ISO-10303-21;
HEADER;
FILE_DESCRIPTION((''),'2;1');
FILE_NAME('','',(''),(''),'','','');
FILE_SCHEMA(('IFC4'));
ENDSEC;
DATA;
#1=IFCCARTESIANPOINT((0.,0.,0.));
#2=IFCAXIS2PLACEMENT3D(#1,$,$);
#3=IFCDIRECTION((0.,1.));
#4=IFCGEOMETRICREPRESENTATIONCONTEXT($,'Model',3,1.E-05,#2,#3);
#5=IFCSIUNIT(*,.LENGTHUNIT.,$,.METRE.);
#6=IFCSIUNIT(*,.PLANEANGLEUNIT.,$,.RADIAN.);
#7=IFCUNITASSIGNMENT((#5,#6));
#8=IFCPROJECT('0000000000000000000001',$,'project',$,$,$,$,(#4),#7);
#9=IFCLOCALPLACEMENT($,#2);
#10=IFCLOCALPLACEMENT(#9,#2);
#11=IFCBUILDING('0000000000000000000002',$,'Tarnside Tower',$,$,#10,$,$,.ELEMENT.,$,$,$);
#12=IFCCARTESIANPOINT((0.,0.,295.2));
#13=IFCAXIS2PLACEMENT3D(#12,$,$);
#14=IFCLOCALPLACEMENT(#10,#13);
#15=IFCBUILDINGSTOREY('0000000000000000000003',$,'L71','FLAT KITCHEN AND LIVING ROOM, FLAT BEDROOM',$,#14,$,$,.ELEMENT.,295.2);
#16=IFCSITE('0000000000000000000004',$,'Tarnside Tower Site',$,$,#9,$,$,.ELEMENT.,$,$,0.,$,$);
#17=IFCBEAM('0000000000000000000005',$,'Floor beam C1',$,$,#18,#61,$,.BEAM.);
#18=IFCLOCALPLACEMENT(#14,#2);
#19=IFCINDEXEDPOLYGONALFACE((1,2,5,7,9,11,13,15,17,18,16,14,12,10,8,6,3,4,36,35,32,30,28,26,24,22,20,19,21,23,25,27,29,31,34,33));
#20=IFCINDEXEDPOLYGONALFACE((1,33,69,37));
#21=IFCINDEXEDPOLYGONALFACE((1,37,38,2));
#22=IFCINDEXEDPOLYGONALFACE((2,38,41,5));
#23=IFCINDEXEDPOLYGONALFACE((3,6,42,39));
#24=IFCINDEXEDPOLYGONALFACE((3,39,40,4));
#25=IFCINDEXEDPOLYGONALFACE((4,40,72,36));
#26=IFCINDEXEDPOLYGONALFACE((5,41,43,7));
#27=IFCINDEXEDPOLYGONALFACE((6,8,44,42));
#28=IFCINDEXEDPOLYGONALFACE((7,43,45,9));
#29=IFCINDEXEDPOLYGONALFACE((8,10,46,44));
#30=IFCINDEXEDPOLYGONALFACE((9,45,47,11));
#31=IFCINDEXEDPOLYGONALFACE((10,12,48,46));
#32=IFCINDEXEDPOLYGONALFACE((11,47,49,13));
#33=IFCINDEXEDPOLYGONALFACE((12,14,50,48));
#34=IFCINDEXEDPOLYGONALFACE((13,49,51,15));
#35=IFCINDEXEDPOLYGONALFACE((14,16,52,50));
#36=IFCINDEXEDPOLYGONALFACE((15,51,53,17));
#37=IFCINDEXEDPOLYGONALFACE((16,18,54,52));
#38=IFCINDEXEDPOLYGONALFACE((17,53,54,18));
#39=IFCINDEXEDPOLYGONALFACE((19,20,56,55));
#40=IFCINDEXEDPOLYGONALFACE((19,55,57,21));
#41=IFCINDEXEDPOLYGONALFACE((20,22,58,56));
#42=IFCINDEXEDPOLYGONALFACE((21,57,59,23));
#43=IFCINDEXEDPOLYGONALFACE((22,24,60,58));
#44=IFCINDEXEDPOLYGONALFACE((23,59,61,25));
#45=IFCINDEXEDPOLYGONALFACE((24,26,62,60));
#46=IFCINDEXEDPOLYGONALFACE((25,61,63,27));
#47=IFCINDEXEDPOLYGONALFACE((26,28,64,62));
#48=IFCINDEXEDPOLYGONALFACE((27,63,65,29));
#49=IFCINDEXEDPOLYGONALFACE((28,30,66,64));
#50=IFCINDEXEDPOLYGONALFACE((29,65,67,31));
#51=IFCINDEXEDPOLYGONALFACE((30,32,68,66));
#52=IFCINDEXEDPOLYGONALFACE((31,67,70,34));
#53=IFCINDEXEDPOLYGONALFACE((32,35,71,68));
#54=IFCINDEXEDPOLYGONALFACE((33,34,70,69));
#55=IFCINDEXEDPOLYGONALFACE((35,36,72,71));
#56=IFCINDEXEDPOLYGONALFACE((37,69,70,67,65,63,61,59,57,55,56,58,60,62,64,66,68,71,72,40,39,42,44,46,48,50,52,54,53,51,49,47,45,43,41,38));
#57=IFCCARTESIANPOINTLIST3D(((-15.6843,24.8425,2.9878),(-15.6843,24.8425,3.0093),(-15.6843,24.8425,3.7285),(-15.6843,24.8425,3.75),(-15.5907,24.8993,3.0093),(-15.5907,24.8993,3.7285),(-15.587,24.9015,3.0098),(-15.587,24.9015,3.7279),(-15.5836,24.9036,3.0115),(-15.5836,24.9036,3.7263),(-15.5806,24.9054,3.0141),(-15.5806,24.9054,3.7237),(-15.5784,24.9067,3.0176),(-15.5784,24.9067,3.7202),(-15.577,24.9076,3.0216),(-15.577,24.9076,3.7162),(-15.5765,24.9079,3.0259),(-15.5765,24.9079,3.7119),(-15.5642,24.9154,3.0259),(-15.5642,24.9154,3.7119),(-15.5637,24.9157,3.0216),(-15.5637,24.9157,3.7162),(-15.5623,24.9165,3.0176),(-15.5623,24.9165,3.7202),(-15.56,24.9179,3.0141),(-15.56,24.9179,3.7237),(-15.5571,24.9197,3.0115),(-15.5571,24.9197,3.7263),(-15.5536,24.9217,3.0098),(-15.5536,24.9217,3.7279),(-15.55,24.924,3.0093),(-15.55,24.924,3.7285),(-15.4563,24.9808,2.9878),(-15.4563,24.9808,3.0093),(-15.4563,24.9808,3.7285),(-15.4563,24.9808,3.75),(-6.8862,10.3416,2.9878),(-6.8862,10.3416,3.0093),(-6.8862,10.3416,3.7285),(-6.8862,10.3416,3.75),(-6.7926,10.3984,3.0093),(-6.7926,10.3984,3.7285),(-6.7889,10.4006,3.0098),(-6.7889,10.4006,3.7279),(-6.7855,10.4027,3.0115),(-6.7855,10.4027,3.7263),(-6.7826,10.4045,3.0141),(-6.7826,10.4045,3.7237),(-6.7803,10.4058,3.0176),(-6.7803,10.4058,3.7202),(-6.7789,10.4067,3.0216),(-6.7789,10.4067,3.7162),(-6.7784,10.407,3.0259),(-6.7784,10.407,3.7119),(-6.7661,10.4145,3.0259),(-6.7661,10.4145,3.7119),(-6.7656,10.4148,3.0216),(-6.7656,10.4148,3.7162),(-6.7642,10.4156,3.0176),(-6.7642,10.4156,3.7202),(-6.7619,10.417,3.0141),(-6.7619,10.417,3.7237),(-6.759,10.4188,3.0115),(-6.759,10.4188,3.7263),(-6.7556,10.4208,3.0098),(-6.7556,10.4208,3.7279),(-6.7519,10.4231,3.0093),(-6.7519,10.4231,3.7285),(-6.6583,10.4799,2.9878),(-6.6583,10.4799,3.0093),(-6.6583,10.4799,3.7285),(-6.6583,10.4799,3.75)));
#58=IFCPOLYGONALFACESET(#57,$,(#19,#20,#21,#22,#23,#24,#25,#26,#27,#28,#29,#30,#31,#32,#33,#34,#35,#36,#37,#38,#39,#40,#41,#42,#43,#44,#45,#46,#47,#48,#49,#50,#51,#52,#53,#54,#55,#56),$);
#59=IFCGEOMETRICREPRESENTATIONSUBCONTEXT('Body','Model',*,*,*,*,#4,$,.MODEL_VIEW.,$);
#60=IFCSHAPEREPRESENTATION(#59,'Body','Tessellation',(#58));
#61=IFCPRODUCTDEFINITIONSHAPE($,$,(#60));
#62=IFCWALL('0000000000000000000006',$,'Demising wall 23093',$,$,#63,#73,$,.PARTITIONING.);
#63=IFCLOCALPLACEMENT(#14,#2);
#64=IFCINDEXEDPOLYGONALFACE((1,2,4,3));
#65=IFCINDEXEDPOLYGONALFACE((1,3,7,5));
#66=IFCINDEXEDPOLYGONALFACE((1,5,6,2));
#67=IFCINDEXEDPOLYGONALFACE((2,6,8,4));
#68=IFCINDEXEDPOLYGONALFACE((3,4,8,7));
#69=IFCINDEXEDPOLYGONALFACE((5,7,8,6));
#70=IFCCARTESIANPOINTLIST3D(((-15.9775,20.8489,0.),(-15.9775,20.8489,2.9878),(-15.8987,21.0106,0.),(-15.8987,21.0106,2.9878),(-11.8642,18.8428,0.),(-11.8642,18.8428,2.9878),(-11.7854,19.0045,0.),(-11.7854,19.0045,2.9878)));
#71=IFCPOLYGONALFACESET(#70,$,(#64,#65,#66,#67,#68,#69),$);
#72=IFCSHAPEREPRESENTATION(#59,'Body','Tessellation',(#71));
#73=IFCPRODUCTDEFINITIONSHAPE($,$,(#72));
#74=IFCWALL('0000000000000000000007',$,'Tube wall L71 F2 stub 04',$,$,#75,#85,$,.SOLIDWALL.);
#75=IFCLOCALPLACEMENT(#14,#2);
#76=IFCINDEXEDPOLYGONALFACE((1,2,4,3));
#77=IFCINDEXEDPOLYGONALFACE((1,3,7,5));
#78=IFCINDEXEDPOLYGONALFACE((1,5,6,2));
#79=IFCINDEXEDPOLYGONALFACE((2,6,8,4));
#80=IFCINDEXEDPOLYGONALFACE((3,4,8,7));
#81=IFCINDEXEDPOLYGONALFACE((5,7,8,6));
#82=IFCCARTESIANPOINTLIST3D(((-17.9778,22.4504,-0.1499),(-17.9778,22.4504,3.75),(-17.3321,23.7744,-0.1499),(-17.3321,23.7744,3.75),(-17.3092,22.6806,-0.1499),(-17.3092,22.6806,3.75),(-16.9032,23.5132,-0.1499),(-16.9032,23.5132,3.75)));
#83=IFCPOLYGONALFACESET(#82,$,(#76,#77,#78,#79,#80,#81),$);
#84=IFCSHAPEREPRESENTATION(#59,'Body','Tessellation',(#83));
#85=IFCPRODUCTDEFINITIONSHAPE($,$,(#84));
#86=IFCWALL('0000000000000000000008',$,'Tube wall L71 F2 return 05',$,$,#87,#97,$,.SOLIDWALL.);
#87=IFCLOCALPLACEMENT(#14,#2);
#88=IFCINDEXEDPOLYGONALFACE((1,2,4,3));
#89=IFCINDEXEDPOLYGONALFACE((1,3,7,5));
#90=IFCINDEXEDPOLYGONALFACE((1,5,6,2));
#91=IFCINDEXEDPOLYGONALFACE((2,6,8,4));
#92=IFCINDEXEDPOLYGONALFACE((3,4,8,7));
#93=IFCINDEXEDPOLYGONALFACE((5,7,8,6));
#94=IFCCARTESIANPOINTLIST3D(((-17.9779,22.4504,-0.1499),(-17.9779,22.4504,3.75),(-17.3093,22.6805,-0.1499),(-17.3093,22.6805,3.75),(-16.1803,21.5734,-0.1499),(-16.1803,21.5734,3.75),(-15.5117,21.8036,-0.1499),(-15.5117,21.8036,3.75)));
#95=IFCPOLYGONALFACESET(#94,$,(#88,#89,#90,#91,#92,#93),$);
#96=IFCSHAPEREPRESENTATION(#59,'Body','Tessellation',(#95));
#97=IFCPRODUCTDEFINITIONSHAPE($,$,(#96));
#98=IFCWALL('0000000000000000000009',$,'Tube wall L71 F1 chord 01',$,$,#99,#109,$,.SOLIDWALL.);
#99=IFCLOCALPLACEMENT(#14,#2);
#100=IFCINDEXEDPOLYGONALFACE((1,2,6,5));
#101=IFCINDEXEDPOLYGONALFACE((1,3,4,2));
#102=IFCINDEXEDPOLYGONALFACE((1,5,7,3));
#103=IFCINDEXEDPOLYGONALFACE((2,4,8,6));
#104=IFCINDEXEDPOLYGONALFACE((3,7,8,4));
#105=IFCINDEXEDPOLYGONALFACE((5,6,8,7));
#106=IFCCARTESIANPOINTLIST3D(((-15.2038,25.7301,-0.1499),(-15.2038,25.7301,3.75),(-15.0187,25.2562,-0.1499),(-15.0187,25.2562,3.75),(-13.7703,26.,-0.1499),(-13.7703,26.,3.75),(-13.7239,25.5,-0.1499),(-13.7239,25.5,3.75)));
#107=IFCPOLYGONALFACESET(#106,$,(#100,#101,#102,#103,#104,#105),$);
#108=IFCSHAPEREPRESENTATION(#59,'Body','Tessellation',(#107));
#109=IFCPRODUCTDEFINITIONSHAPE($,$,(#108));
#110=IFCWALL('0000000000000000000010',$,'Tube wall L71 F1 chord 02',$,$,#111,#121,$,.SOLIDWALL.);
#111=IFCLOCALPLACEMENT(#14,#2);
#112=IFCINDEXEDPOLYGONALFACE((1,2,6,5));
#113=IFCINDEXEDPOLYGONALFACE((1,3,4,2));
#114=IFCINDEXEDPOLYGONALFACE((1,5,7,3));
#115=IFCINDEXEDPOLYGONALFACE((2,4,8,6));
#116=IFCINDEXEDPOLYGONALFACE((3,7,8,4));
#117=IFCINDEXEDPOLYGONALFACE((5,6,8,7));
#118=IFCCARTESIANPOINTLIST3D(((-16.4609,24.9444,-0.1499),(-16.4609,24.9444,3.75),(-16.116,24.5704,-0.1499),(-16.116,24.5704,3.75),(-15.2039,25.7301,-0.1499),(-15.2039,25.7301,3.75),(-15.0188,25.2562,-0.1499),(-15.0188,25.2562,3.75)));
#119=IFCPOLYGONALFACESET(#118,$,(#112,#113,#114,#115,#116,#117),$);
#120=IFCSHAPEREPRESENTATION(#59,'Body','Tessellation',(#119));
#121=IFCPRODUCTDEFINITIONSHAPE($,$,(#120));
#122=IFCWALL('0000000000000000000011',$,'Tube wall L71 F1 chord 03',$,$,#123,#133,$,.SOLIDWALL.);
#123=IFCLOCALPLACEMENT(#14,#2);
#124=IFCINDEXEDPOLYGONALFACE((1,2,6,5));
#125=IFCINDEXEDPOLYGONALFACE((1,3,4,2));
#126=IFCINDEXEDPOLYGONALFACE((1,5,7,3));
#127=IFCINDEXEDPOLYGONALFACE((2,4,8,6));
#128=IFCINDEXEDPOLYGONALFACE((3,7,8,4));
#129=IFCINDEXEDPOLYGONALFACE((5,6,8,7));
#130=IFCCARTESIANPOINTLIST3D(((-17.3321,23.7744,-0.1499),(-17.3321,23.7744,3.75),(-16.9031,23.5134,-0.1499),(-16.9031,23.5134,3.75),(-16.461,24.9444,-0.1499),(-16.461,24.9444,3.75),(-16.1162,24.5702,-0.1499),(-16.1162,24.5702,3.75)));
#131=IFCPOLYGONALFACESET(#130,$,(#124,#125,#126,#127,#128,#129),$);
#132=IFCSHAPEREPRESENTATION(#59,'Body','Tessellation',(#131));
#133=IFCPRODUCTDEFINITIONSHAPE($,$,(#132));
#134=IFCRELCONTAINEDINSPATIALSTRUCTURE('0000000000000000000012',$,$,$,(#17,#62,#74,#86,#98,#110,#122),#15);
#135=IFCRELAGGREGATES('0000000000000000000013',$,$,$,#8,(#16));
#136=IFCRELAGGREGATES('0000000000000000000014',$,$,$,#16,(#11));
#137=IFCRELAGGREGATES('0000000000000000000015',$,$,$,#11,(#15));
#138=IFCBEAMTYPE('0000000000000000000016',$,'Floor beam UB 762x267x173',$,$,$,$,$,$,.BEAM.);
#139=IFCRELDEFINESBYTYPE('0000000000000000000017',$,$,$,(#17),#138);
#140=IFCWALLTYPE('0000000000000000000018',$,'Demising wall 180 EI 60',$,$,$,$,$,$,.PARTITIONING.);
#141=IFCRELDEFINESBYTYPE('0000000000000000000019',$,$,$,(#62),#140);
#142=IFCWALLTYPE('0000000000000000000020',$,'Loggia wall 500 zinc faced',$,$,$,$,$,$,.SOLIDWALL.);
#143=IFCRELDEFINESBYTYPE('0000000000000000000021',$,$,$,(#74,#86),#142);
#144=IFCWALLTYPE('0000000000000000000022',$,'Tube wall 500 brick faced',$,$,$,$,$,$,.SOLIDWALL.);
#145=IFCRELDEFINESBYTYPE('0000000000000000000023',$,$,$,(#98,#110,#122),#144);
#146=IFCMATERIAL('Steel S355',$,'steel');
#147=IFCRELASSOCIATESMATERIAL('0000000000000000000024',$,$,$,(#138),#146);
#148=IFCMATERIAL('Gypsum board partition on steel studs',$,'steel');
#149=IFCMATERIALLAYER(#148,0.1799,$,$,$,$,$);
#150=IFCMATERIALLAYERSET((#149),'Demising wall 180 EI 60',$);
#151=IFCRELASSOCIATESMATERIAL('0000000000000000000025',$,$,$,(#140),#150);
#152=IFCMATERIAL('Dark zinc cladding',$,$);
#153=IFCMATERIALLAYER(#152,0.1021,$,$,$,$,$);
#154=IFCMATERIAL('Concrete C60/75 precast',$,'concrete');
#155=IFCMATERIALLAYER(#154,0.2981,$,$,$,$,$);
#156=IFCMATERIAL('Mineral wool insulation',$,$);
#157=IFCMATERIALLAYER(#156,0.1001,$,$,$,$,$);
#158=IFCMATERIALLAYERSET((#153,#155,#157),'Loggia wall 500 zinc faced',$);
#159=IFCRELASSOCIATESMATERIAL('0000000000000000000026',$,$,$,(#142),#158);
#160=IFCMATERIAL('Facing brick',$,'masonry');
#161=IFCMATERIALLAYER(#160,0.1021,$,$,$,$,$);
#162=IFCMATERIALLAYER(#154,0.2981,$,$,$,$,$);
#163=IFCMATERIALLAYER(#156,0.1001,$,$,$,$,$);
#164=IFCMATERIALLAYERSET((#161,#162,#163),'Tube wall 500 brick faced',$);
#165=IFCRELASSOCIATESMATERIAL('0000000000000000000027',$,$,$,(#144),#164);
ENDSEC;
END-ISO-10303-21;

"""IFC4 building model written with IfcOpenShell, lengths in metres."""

from ifc_helpers import new_model, si_unit, direction, frame, frame_2d, origin, origin_2d, place, context, subcontext, project, spatial, polyline, rectangle, i_section, outline, extrude, material, layer, layer_set, material_profile, profile_set, type_object, element, save


model = new_model("IFC4")

# Units and contexts
model_context = context("Model", 3, precision=1e-05, world=origin(), true_north=direction((0.0, 1.0)))
body_context = subcontext(model_context, "Body", "Model", "MODEL_VIEW")
ifc_project = project(units=[si_unit("LENGTHUNIT", "METRE"), si_unit("PLANEANGLEUNIT", "RADIAN")], contexts=[model_context])

# Site, building, storey
site_placement = place(None, origin())
site = spatial("IfcSite", under=ifc_project, at=site_placement, Name="Tarnside Tower Site", CompositionType="ELEMENT", RefElevation=0.0)
building_placement = place(site_placement, origin())
building = spatial("IfcBuilding", under=site, at=building_placement, Name="Tarnside Tower", CompositionType="ELEMENT")
storey_placement = place(building_placement, frame((0.0, 0.0, 295.2)))
storey = spatial("IfcBuildingStorey", under=building, at=storey_placement, Name="L71", Description="FLAT KITCHEN AND LIVING ROOM, FLAT BEDROOM", CompositionType="ELEMENT", Elevation=295.2)

# Beam
ifc_material_1 = material(Name="Steel S355", Category="steel")
ifc_material_profile = material_profile(ifc_material_1, i_section(OverallWidth=0.2666, OverallDepth=0.7622, WebThickness=0.0144, FlangeThickness=0.0215, FilletRadius=0.0166, at=origin_2d()), Name="UB 762x267x173")
ifc_profile_set = profile_set([ifc_material_profile], Name="Steel S355")
beam_type = type_object("IfcBeamType", Name="Floor beam UB 762x267x173", PredefinedType="BEAM", material=ifc_profile_set)
beam_placement = place(storey_placement, frame((-15.5703, 24.9116, 3.3689), z_axis=(0.518717, -0.854946, 0.0), x_axis=(0.854946, 0.518717, 0.0)))
element("IfcBeam", 1, at=beam_placement, inside=storey, type_object=beam_type, Name="Floor beam C1", PredefinedType="BEAM", context=body_context, shape_type="SweptSolid", body=[
    extrude(i_section(OverallWidth=0.2666, OverallDepth=0.7622, WebThickness=0.0144, FlangeThickness=0.0215, FilletRadius=0.0166, at=origin_2d()), origin(), (0.0, 0.0, 1.0), 16.9612),
])

# Walls
ifc_material_2 = material(Name="Gypsum board partition on steel studs", Category="steel")
ifc_layer_1 = layer(ifc_material_2, 0.1799)
ifc_layer_set_1 = layer_set([ifc_layer_1], Name="Demising wall 180 EI 60")
wall_type_1 = type_object("IfcWallType", Name="Demising wall 180 EI 60", PredefinedType="PARTITIONING", material=ifc_layer_set_1)
wall_1_placement = place(storey_placement, frame((-15.938, 20.9297, 0.0), z_axis=(0.0, 0.0, 1.0), x_axis=(0.898801, -0.438357, 0.0)))
element("IfcWall", 2, at=wall_1_placement, inside=storey, type_object=wall_type_1, Name="Demising wall 23093", PredefinedType="PARTITIONING", context=body_context, shape_type="SweptSolid", body=[
    extrude(rectangle(XDim=4.5764, YDim=0.1799, at=frame_2d((2.2881, 0.0))), origin(), (0.0, 0.0, 1.0), 2.9878),
])
ifc_material_3 = material(Name="Dark zinc cladding")
ifc_layer_2 = layer(ifc_material_3, 0.1021)
ifc_material_4 = material(Name="Concrete C60/75 precast", Category="concrete")
ifc_layer_3 = layer(ifc_material_4, 0.2981)
ifc_material_5 = material(Name="Mineral wool insulation")
ifc_layer_4 = layer(ifc_material_5, 0.1001)
ifc_layer_set_2 = layer_set([ifc_layer_2, ifc_layer_3, ifc_layer_4], Name="Loggia wall 500 zinc faced")
wall_type_2 = type_object("IfcWallType", Name="Loggia wall 500 zinc faced", PredefinedType="SOLIDWALL", material=ifc_layer_set_2)
wall_2_placement = place(storey_placement, frame((-17.1177, 23.6438, -0.1499), z_axis=(0.0, 0.0, 1.0), x_axis=(-0.438319, -0.898819, 0.0)))
element("IfcWall", 3, at=wall_2_placement, inside=storey, type_object=wall_type_2, Name="Tube wall L71 F2 stub 04", PredefinedType="SOLIDWALL", context=body_context, shape_type="SweptSolid", body=[
    extrude(outline(polyline([(-0.0234, -0.25), (1.4497, -0.25), (0.9497, 0.25), (0.0234, 0.25), (-0.0234, -0.25)])), origin(), (0.0, 0.0, 1.0), 3.8999),
])
wall_3_placement = place(storey_placement, frame((-17.6436, 22.5654, -0.1499), z_axis=(0.0, 0.0, 1.0), x_axis=(0.898754, -0.438452, 0.0)))
element("IfcWall", 4, at=wall_3_placement, inside=storey, type_object=wall_type_2, Name="Tube wall L71 F2 return 05", PredefinedType="SOLIDWALL", context=body_context, shape_type="SweptSolid", body=[
    extrude(outline(polyline([(-0.25, -0.25), (1.75, -0.25), (2.25, 0.25), (0.25, 0.25), (-0.25, -0.25)])), origin(), (0.0, 0.0, 1.0), 3.8999),
])

# Walls
ifc_material_6 = material(Name="Facing brick", Category="masonry")
ifc_layer_5 = layer(ifc_material_6, 0.1021)
ifc_layer_6 = layer(ifc_material_4, 0.2981)
ifc_layer_7 = layer(ifc_material_5, 0.1001)
ifc_layer_set_3 = layer_set([ifc_layer_5, ifc_layer_6, ifc_layer_7], Name="Tube wall 500 brick faced")
wall_type_3 = type_object("IfcWallType", Name="Tube wall 500 brick faced", PredefinedType="SOLIDWALL", material=ifc_layer_set_3)
wall_4_placement = place(storey_placement, frame((-13.7471, 25.75, -0.1499), z_axis=(0.0, 0.0, 1.0), x_axis=(-0.982737, -0.185011, 0.0)))
element("IfcWall", 5, at=wall_4_placement, inside=storey, type_object=wall_type_3, Name="Tube wall L71 F1 chord 01", PredefinedType="SOLIDWALL", context=body_context, shape_type="SweptSolid", body=[
    extrude(outline(polyline([(-0.0234, -0.25), (1.4353, -0.25), (1.3411, 0.25), (0.0234, 0.25), (-0.0234, -0.25)])), origin(), (0.0, 0.0, 1.0), 3.8999),
])
wall_5_placement = place(storey_placement, frame((-15.1113, 25.4932, -0.1499), z_axis=(0.0, 0.0, 1.0), x_axis=(-0.847979, -0.530031, 0.0)))
element("IfcWall", 6, at=wall_5_placement, inside=storey, type_object=wall_type_3, Name="Tube wall L71 F1 chord 02", PredefinedType="SOLIDWALL", context=body_context, shape_type="SweptSolid", body=[
    extrude(outline(polyline([(-0.0471, -0.25), (1.4353, -0.25), (1.3411, 0.25), (0.0471, 0.25), (-0.0471, -0.25)])), origin(), (0.0, 0.0, 1.0), 3.8999),
])
wall_6_placement = place(storey_placement, frame((-16.2886, 24.7573, -0.1499), z_axis=(0.0, 0.0, 1.0), x_axis=(-0.597211, -0.802084, 0.0)))
element("IfcWall", 7, at=wall_6_placement, inside=storey, type_object=wall_type_3, Name="Tube wall L71 F1 chord 03", PredefinedType="SOLIDWALL", context=body_context, shape_type="SweptSolid", body=[
    extrude(outline(polyline([(-0.0471, -0.25), (1.4116, -0.25), (1.3647, 0.25), (0.0471, 0.25), (-0.0471, -0.25)])), origin(), (0.0, 0.0, 1.0), 3.8999),
])

save(model, "model.ifc")
